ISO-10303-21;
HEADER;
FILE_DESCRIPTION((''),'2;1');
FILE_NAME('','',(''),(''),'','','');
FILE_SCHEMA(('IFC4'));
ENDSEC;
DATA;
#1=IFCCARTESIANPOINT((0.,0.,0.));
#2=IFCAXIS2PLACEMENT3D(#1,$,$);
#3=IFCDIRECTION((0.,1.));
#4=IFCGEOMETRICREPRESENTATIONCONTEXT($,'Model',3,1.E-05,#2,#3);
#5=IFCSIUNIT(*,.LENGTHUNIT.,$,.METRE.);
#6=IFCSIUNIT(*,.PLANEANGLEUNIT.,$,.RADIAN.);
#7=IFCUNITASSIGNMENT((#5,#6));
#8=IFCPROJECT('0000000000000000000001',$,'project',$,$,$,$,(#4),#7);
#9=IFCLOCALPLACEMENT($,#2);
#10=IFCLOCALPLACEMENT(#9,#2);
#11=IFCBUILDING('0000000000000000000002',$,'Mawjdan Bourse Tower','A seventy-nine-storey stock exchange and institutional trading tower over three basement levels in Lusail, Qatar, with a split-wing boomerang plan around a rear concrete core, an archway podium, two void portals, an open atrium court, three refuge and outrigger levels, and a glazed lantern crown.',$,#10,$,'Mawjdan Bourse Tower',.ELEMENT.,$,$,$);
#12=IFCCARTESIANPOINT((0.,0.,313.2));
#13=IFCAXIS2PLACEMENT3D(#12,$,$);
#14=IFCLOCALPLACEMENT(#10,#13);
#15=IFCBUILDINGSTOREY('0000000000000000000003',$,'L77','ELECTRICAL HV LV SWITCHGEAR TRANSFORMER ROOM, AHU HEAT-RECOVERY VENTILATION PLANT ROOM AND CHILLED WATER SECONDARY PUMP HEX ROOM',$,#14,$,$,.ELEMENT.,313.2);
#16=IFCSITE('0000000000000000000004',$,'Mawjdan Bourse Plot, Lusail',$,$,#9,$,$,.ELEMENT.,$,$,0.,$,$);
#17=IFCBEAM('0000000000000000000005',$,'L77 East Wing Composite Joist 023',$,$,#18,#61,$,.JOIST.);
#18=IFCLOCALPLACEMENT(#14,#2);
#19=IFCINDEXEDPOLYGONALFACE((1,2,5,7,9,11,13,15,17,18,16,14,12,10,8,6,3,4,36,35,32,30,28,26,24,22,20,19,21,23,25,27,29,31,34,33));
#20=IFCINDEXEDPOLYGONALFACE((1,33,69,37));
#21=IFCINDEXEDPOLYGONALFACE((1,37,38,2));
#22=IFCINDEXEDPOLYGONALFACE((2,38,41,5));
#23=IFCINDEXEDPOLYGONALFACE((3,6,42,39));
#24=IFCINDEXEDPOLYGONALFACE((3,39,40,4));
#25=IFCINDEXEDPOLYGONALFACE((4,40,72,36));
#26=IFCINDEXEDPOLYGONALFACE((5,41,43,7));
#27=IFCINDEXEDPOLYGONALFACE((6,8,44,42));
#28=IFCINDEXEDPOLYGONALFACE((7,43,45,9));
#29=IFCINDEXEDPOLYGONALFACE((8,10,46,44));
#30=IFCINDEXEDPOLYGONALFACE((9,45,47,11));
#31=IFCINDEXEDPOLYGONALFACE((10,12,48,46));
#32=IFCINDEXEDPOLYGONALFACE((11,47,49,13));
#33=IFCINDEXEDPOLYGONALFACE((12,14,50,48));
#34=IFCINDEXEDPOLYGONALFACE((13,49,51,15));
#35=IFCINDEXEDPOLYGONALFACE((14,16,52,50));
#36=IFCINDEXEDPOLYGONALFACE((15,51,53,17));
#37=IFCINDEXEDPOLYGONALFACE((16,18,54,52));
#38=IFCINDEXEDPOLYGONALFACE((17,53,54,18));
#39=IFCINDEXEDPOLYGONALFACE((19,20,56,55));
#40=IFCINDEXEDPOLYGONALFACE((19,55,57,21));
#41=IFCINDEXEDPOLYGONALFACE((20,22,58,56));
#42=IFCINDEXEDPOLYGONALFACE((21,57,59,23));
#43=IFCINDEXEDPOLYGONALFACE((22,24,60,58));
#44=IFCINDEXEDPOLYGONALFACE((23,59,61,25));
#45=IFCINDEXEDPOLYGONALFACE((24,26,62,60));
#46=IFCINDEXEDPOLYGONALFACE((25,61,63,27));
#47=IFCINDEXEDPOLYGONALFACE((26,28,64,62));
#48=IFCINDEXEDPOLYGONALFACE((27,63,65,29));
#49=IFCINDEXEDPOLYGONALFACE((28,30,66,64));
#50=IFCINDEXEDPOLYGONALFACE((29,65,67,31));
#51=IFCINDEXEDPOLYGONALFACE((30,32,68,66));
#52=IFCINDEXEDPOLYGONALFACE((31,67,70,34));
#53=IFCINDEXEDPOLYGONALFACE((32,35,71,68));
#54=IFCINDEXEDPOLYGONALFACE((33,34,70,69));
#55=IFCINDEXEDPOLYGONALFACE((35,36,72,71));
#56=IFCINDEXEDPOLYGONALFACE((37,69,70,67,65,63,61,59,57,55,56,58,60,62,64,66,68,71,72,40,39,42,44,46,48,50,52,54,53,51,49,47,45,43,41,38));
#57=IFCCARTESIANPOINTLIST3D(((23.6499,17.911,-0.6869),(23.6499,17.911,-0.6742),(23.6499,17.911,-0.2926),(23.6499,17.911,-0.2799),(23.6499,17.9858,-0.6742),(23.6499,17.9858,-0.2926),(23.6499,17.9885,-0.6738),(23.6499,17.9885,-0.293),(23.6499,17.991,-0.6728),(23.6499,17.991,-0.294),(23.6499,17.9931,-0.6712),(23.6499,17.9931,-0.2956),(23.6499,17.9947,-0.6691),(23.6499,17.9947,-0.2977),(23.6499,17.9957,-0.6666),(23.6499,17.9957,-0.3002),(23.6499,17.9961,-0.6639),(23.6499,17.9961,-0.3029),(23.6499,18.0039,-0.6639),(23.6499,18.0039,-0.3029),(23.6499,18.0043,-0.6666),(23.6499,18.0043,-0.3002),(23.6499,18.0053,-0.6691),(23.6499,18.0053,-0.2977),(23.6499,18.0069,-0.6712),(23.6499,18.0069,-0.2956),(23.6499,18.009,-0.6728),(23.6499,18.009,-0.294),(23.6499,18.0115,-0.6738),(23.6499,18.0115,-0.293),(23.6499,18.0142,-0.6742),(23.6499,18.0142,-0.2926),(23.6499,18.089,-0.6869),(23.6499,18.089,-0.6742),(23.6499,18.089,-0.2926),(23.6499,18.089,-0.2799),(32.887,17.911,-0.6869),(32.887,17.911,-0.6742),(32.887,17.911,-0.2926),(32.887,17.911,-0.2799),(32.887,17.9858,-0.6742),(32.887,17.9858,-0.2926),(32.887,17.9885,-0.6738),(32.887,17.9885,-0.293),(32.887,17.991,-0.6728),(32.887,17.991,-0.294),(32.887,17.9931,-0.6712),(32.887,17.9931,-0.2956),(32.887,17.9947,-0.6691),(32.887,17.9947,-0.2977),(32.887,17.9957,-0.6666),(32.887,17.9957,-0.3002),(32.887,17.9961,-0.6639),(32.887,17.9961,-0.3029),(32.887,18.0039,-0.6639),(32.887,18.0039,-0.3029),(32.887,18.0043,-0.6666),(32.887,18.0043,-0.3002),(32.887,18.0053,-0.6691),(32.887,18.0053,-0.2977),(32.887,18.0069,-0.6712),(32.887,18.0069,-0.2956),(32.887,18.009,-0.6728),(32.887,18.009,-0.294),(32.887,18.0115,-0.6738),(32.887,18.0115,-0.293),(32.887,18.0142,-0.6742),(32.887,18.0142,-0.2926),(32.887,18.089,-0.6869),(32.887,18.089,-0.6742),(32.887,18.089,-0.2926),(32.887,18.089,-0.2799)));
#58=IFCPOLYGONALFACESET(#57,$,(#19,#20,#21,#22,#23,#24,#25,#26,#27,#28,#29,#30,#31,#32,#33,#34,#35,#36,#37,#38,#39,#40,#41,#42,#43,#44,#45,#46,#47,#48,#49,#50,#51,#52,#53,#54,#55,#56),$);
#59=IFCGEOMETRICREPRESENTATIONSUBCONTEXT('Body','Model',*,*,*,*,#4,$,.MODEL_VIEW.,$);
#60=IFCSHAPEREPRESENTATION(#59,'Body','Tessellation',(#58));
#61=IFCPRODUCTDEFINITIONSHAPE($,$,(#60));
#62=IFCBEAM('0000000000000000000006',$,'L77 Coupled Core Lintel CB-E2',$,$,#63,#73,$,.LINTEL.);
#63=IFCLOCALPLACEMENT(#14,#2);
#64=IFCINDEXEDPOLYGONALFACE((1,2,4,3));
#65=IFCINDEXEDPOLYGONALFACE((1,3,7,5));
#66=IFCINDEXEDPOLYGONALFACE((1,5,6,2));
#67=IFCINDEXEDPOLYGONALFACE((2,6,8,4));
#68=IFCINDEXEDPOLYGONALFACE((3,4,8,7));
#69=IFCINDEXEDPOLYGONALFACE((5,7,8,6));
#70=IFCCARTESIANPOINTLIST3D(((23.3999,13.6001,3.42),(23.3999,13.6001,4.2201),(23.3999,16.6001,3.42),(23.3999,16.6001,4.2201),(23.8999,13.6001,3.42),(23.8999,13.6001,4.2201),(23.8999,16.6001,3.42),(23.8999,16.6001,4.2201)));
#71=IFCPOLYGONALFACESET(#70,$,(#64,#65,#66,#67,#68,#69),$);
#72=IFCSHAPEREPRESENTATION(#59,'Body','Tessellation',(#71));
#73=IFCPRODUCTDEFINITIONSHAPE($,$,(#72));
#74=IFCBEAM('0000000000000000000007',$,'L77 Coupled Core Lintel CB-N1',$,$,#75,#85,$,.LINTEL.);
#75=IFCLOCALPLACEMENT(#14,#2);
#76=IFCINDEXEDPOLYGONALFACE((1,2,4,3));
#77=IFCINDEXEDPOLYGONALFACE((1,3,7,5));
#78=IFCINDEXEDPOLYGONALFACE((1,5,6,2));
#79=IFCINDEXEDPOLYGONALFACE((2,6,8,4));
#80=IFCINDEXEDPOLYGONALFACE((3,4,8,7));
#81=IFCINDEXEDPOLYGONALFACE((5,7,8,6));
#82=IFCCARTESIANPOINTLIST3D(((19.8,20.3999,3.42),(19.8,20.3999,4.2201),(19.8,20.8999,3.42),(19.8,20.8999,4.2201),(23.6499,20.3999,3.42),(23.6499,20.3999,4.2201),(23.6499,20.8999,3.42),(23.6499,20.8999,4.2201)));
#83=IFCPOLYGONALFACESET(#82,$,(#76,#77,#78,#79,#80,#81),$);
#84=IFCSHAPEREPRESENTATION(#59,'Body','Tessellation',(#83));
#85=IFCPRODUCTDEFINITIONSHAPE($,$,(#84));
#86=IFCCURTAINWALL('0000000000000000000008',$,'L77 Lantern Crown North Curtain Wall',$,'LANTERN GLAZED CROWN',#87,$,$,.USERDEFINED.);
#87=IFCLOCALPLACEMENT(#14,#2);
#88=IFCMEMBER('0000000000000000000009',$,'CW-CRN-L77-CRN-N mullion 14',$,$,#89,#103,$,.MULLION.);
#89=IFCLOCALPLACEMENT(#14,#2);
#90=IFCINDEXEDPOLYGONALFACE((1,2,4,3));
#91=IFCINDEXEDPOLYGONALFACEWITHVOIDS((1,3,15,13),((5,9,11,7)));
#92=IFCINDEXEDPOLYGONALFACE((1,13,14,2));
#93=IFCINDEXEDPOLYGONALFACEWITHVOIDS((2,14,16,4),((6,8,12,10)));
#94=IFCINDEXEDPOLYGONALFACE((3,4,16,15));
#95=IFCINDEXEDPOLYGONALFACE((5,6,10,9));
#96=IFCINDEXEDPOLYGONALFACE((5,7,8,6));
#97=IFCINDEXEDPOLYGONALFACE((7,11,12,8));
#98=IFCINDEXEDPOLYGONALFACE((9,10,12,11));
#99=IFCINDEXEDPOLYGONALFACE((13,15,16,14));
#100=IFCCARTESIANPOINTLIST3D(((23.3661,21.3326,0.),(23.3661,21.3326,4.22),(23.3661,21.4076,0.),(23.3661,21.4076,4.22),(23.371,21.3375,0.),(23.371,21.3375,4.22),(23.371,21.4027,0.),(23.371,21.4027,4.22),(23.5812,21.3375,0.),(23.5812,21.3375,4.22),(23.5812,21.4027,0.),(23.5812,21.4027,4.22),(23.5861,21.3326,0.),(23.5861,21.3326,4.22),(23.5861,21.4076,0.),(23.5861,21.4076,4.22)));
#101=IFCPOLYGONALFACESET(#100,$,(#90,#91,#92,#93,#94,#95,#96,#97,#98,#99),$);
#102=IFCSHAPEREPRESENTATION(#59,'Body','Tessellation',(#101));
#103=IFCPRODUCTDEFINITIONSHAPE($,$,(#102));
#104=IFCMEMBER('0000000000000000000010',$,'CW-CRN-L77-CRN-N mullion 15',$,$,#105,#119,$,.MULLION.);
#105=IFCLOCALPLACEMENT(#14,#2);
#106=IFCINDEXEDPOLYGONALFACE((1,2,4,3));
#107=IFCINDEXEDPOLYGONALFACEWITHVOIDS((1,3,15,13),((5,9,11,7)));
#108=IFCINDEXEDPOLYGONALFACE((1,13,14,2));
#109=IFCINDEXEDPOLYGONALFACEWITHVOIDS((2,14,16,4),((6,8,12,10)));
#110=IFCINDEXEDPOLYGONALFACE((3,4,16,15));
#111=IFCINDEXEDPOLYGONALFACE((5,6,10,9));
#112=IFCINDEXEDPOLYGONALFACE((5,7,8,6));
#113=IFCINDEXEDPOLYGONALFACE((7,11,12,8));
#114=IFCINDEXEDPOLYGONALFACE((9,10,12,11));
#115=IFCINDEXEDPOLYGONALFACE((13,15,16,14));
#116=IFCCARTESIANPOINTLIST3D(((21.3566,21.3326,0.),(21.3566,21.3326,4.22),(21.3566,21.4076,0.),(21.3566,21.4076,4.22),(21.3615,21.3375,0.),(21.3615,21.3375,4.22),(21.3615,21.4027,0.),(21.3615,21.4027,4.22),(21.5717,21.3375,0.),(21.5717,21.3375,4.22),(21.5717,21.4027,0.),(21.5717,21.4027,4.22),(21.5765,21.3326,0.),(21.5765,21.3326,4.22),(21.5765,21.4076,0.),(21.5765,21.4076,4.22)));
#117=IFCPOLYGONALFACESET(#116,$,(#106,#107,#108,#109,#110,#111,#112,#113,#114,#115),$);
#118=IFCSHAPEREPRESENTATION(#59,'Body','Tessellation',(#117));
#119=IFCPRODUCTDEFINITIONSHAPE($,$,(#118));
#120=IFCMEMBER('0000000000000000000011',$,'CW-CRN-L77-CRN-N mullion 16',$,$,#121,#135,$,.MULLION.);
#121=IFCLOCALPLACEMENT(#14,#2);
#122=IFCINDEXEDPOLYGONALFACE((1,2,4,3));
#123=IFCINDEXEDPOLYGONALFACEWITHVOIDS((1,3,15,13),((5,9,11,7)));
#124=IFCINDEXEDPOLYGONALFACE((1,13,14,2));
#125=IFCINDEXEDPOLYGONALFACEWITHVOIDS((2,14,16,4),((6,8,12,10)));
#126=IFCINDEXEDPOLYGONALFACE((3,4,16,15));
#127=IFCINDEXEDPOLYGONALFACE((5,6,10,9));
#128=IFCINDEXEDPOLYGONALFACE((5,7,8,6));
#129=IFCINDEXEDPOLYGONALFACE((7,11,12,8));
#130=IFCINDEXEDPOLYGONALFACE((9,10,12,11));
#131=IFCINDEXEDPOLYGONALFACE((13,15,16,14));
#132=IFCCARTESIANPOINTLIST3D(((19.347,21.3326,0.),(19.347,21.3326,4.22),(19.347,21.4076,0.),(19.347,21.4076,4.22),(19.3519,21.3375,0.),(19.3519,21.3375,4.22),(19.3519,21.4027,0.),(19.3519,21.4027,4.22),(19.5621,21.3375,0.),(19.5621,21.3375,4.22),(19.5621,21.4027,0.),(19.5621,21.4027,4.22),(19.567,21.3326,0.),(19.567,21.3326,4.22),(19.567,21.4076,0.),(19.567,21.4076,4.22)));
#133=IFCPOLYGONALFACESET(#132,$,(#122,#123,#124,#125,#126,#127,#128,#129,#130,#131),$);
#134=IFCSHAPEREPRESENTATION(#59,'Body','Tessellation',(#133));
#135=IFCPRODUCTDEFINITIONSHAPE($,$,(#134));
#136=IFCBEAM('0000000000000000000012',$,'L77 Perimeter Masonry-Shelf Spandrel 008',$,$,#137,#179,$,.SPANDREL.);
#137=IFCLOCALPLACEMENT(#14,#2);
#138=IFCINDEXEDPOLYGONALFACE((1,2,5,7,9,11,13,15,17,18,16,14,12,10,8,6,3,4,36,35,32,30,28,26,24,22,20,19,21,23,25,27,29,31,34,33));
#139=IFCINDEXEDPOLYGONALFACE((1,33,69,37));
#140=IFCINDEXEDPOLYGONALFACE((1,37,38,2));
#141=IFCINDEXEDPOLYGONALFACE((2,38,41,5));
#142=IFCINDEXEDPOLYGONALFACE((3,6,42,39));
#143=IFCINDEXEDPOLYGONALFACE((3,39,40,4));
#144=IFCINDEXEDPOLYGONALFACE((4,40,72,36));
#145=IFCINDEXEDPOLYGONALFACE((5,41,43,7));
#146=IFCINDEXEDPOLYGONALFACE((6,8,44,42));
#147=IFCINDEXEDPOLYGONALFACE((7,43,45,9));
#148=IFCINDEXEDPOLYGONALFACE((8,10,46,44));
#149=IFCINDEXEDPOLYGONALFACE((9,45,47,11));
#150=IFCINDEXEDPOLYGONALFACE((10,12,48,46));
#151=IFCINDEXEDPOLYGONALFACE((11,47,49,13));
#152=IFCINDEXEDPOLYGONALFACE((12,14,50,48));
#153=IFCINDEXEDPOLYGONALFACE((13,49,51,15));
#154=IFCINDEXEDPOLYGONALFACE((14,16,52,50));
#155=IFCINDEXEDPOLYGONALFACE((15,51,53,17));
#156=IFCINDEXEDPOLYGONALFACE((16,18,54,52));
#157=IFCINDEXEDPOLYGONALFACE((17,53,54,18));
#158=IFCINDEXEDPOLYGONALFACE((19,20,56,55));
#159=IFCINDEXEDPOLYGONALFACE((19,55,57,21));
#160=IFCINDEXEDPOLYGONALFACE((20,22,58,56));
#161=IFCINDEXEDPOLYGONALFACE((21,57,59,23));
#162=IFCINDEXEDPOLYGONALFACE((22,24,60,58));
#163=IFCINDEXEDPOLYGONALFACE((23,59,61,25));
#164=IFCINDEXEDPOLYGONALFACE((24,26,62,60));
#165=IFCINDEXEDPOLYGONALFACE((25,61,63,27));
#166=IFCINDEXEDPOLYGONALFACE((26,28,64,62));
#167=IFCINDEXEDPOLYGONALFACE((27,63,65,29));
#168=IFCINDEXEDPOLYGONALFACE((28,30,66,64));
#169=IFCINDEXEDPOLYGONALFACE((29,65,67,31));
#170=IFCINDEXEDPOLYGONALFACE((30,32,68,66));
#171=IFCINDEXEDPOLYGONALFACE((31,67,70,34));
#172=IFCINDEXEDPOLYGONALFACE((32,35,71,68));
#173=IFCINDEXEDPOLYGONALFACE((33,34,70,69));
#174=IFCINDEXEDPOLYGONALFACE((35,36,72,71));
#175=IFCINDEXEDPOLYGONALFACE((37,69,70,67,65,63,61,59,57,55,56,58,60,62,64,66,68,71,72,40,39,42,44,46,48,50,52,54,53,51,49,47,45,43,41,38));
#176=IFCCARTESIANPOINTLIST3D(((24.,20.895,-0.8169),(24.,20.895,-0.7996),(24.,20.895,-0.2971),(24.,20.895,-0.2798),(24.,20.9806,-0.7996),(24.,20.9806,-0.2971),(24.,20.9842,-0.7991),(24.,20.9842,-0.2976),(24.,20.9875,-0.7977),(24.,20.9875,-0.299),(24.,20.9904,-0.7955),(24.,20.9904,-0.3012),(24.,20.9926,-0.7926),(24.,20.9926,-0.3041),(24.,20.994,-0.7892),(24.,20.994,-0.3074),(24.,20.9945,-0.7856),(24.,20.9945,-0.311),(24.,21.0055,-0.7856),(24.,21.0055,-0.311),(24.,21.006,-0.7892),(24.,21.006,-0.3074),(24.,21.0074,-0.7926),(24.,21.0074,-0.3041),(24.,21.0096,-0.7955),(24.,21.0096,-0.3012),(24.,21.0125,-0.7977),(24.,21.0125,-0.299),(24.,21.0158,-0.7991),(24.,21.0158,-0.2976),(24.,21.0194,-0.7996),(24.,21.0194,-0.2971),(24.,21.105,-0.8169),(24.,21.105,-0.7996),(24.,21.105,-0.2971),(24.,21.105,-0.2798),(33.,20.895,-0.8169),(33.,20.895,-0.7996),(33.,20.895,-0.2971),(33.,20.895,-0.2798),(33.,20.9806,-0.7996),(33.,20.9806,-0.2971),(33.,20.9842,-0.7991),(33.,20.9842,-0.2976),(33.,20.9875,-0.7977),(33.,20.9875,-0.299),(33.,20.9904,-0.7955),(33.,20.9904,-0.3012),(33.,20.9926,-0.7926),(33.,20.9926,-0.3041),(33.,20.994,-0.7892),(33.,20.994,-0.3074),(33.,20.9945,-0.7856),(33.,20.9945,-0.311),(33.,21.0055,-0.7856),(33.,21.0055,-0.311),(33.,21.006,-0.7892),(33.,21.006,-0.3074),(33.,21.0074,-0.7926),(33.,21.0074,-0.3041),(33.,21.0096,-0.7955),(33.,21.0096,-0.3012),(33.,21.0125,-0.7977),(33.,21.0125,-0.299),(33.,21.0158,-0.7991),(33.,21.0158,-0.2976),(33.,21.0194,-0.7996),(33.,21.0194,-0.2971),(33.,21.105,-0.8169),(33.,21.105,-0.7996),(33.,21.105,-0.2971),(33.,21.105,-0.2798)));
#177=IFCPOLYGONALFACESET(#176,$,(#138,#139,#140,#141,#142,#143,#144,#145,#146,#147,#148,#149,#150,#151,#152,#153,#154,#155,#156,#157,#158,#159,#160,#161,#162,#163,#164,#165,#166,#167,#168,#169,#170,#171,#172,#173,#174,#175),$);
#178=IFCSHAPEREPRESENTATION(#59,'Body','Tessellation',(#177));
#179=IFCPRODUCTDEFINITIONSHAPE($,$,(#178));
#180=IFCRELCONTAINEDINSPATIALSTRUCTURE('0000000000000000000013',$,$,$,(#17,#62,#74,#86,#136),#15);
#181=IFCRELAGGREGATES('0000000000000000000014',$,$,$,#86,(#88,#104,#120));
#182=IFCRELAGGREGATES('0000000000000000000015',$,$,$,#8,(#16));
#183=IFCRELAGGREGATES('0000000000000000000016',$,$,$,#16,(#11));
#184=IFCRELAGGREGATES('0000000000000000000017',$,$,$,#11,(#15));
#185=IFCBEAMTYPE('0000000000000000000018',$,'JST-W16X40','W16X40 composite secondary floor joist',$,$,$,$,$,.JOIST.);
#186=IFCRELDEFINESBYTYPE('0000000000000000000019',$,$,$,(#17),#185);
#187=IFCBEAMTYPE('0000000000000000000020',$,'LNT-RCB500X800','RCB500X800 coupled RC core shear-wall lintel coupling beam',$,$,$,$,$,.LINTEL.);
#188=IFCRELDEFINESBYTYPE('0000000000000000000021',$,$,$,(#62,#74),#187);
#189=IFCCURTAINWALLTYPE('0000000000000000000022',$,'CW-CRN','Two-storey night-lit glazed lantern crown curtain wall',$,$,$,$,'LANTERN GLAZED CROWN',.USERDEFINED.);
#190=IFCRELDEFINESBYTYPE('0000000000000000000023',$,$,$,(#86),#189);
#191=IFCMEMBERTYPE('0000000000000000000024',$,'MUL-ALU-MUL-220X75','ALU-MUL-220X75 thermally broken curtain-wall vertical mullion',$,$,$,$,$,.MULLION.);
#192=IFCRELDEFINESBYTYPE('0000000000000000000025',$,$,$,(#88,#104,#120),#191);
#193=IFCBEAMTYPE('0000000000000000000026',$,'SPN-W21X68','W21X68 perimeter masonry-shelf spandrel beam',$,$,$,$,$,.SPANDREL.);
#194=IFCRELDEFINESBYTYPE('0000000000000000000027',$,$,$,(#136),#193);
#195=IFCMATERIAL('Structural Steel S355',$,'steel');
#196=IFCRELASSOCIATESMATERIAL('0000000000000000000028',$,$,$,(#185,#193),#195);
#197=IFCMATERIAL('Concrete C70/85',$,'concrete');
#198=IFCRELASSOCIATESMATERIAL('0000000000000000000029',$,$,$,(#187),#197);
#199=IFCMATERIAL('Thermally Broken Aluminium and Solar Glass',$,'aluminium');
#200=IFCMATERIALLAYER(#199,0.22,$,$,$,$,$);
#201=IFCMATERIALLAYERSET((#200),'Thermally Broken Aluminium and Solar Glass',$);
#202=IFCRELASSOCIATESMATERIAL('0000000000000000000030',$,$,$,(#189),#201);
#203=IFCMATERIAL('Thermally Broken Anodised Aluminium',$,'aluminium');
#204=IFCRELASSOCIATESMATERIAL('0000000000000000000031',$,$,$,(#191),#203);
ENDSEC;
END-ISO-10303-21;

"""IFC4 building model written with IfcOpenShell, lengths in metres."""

from ifc_helpers import new_model, si_unit, direction, frame, origin, origin_2d, place, context, subcontext, project, spatial, rectangle, hollow_rectangle, i_section, extrude, material, layer, layer_set, material_profile, profile_set, type_object, element, aggregate, save


model = new_model("IFC4")

# Units and contexts
model_context = context("Model", 3, precision=1e-05, world=origin(), true_north=direction((0.0, 1.0)))
body_context = subcontext(model_context, "Body", "Model", "MODEL_VIEW")
ifc_project = project(units=[si_unit("LENGTHUNIT", "METRE"), si_unit("PLANEANGLEUNIT", "RADIAN")], contexts=[model_context])

# Site, building, storey
site_placement = place(None, origin())
site = spatial("IfcSite", under=ifc_project, at=site_placement, Name="Mawjdan Bourse Plot, Lusail", CompositionType="ELEMENT", RefElevation=0.0)
building_placement = place(site_placement, origin())
building = spatial("IfcBuilding", under=site, at=building_placement, Name="Mawjdan Bourse Tower", Description="A seventy-nine-storey stock exchange and institutional trading tower over three basement levels in Lusail, Qatar, with a split-wing boomerang plan around a rear concrete core, an archway podium, two void portals, an open atrium court, three refuge and outrigger levels, and a glazed lantern crown.", LongName="Mawjdan Bourse Tower", CompositionType="ELEMENT")
storey_placement = place(building_placement, frame((0.0, 0.0, 313.2)))
storey = spatial("IfcBuildingStorey", under=building, at=storey_placement, Name="L77", Description="ELECTRICAL HV LV SWITCHGEAR TRANSFORMER ROOM, AHU HEAT-RECOVERY VENTILATION PLANT ROOM AND CHILLED WATER SECONDARY PUMP HEX ROOM", CompositionType="ELEMENT", Elevation=313.2)

# Shared definitions
ifc_material_1 = material(Name="Structural Steel S355", Category="steel")

# Beams
ifc_material_profile_1 = material_profile(ifc_material_1, i_section(OverallWidth=0.178, OverallDepth=0.407, WebThickness=0.0078, FlangeThickness=0.0127, FilletRadius=0.0103, at=origin_2d()), Name="W16X40")
ifc_profile_set_1 = profile_set([ifc_material_profile_1], Name="Structural Steel S355")
beam_type_1 = type_object("IfcBeamType", Name="JST-W16X40", Description="W16X40 composite secondary floor joist", PredefinedType="JOIST", material=ifc_profile_set_1)
for number, where, z_axis, x_axis, name in (
    (1, (23.6499, 18.0, -0.4834), (1.0, 0.0, 0.0), (0.0, 1.0, 0.0), "L77 East Wing Composite Joist 023"),
):
    element("IfcBeam", number, at=place(storey_placement, frame(where, z_axis=z_axis, x_axis=x_axis)), inside=storey, type_object=beam_type_1, Name=name, PredefinedType="JOIST", context=body_context, shape_type="SweptSolid", body=[
        extrude(i_section(OverallWidth=0.178, OverallDepth=0.407, WebThickness=0.0078, FlangeThickness=0.0127, FilletRadius=0.0103, at=origin_2d()), origin(), (0.0, 0.0, 1.0), 9.2371),
    ])
ifc_material_2 = material(Name="Concrete C70/85", Category="concrete")
ifc_material_profile_2 = material_profile(ifc_material_2, rectangle(XDim=0.5, YDim=0.8, at=origin_2d()), Name="RCB500X800")
ifc_profile_set_2 = profile_set([ifc_material_profile_2], Name="Concrete C70/85")
beam_type_2 = type_object("IfcBeamType", Name="LNT-RCB500X800", Description="RCB500X800 coupled RC core shear-wall lintel coupling beam", PredefinedType="LINTEL", material=ifc_profile_set_2)
beam_1_placement = place(storey_placement, frame((23.6499, 13.6001, 3.8201), z_axis=(0.0, 1.0, 0.0), x_axis=(-1.0, 0.0, 0.0)))
element("IfcBeam", 2, at=beam_1_placement, inside=storey, type_object=beam_type_2, Name="L77 Coupled Core Lintel CB-E2", PredefinedType="LINTEL", context=body_context, shape_type="SweptSolid", body=[
    extrude(rectangle(XDim=0.5, YDim=0.8, at=origin_2d()), origin(), (0.0, 0.0, 1.0), 3.0),
])
beam_2_placement = place(storey_placement, frame((19.8, 20.6499, 3.8201), z_axis=(1.0, 0.0, 0.0), x_axis=(0.0, 1.0, 0.0)))
element("IfcBeam", 3, at=beam_2_placement, inside=storey, type_object=beam_type_2, Name="L77 Coupled Core Lintel CB-N1", PredefinedType="LINTEL", context=body_context, shape_type="SweptSolid", body=[
    extrude(rectangle(XDim=0.5, YDim=0.8, at=origin_2d()), origin(), (0.0, 0.0, 1.0), 3.8499),
])

# Curtain wall, members
ifc_material_3 = material(Name="Thermally Broken Aluminium and Solar Glass", Category="aluminium")
ifc_layer_1 = layer(ifc_material_3, 0.22)
ifc_layer_set_1 = layer_set([ifc_layer_1], Name="Thermally Broken Aluminium and Solar Glass")
curtain_wall_type = type_object("IfcCurtainWallType", Name="CW-CRN", Description="Two-storey night-lit glazed lantern crown curtain wall", ElementType="LANTERN GLAZED CROWN", PredefinedType="USERDEFINED", material=ifc_layer_set_1)
curtain_wall_placement = place(storey_placement, origin())
curtain_wall = element("IfcCurtainWall", 4, at=curtain_wall_placement, inside=storey, type_object=curtain_wall_type, Name="L77 Lantern Crown North Curtain Wall", ObjectType="LANTERN GLAZED CROWN", PredefinedType="USERDEFINED")
ifc_material_4 = material(Name="Thermally Broken Anodised Aluminium", Category="aluminium")
ifc_material_profile_3 = material_profile(ifc_material_4, hollow_rectangle(XDim=0.075, YDim=0.22, WallThickness=0.0049, at=origin_2d()), Name="ALU-MUL-220X75")
ifc_profile_set_3 = profile_set([ifc_material_profile_3], Name="Thermally Broken Anodised Aluminium")
member_type_1 = type_object("IfcMemberType", Name="MUL-ALU-MUL-220X75", Description="ALU-MUL-220X75 thermally broken curtain-wall vertical mullion", PredefinedType="MULLION", material=ifc_profile_set_3)
member_1_placement = place(storey_placement, frame((23.4761, 21.3701, 0.0), z_axis=(0.0, 0.0, 1.0), x_axis=(0.0, -1.0, 0.0)))
member_1 = element("IfcMember", 5, at=member_1_placement, type_object=member_type_1, Name="CW-CRN-L77-CRN-N mullion 14", PredefinedType="MULLION", context=body_context, shape_type="SweptSolid", body=[
    extrude(hollow_rectangle(XDim=0.075, YDim=0.22, WallThickness=0.0049, at=origin_2d()), origin(), (0.0, 0.0, 1.0), 4.22),
])
member_2_placement = place(storey_placement, frame((21.4666, 21.3701, 0.0), z_axis=(0.0, 0.0, 1.0), x_axis=(0.0, -1.0, 0.0)))
member_2 = element("IfcMember", 6, at=member_2_placement, type_object=member_type_1, Name="CW-CRN-L77-CRN-N mullion 15", PredefinedType="MULLION", context=body_context, shape_type="SweptSolid", body=[
    extrude(hollow_rectangle(XDim=0.075, YDim=0.22, WallThickness=0.0049, at=origin_2d()), origin(), (0.0, 0.0, 1.0), 4.22),
])
member_3_placement = place(storey_placement, frame((19.457, 21.3701, 0.0), z_axis=(0.0, 0.0, 1.0), x_axis=(0.0, -1.0, 0.0)))
member_3 = element("IfcMember", 7, at=member_3_placement, type_object=member_type_1, Name="CW-CRN-L77-CRN-N mullion 16", PredefinedType="MULLION", context=body_context, shape_type="SweptSolid", body=[
    extrude(hollow_rectangle(XDim=0.075, YDim=0.22, WallThickness=0.0049, at=origin_2d()), origin(), (0.0, 0.0, 1.0), 4.22),
])

# Beam
ifc_material_profile_4 = material_profile(ifc_material_1, i_section(OverallWidth=0.21, OverallDepth=0.5371, WebThickness=0.011, FlangeThickness=0.0173, FilletRadius=0.0139, at=origin_2d()), Name="W21X68")
ifc_profile_set_4 = profile_set([ifc_material_profile_4], Name="Structural Steel S355")
beam_type_3 = type_object("IfcBeamType", Name="SPN-W21X68", Description="W21X68 perimeter masonry-shelf spandrel beam", PredefinedType="SPANDREL", material=ifc_profile_set_4)
beam_3_placement = place(storey_placement, frame((24.0, 21.0, -0.5483), z_axis=(1.0, 0.0, 0.0), x_axis=(0.0, 1.0, 0.0)))
element("IfcBeam", 8, at=beam_3_placement, inside=storey, type_object=beam_type_3, Name="L77 Perimeter Masonry-Shelf Spandrel 008", PredefinedType="SPANDREL", context=body_context, shape_type="SweptSolid", body=[
    extrude(i_section(OverallWidth=0.21, OverallDepth=0.5371, WebThickness=0.011, FlangeThickness=0.0173, FilletRadius=0.0139, at=origin_2d()), origin(), (0.0, 0.0, 1.0), 9.0),
])

aggregate(curtain_wall, [member_1, member_2, member_3])

save(model, "model.ifc")
